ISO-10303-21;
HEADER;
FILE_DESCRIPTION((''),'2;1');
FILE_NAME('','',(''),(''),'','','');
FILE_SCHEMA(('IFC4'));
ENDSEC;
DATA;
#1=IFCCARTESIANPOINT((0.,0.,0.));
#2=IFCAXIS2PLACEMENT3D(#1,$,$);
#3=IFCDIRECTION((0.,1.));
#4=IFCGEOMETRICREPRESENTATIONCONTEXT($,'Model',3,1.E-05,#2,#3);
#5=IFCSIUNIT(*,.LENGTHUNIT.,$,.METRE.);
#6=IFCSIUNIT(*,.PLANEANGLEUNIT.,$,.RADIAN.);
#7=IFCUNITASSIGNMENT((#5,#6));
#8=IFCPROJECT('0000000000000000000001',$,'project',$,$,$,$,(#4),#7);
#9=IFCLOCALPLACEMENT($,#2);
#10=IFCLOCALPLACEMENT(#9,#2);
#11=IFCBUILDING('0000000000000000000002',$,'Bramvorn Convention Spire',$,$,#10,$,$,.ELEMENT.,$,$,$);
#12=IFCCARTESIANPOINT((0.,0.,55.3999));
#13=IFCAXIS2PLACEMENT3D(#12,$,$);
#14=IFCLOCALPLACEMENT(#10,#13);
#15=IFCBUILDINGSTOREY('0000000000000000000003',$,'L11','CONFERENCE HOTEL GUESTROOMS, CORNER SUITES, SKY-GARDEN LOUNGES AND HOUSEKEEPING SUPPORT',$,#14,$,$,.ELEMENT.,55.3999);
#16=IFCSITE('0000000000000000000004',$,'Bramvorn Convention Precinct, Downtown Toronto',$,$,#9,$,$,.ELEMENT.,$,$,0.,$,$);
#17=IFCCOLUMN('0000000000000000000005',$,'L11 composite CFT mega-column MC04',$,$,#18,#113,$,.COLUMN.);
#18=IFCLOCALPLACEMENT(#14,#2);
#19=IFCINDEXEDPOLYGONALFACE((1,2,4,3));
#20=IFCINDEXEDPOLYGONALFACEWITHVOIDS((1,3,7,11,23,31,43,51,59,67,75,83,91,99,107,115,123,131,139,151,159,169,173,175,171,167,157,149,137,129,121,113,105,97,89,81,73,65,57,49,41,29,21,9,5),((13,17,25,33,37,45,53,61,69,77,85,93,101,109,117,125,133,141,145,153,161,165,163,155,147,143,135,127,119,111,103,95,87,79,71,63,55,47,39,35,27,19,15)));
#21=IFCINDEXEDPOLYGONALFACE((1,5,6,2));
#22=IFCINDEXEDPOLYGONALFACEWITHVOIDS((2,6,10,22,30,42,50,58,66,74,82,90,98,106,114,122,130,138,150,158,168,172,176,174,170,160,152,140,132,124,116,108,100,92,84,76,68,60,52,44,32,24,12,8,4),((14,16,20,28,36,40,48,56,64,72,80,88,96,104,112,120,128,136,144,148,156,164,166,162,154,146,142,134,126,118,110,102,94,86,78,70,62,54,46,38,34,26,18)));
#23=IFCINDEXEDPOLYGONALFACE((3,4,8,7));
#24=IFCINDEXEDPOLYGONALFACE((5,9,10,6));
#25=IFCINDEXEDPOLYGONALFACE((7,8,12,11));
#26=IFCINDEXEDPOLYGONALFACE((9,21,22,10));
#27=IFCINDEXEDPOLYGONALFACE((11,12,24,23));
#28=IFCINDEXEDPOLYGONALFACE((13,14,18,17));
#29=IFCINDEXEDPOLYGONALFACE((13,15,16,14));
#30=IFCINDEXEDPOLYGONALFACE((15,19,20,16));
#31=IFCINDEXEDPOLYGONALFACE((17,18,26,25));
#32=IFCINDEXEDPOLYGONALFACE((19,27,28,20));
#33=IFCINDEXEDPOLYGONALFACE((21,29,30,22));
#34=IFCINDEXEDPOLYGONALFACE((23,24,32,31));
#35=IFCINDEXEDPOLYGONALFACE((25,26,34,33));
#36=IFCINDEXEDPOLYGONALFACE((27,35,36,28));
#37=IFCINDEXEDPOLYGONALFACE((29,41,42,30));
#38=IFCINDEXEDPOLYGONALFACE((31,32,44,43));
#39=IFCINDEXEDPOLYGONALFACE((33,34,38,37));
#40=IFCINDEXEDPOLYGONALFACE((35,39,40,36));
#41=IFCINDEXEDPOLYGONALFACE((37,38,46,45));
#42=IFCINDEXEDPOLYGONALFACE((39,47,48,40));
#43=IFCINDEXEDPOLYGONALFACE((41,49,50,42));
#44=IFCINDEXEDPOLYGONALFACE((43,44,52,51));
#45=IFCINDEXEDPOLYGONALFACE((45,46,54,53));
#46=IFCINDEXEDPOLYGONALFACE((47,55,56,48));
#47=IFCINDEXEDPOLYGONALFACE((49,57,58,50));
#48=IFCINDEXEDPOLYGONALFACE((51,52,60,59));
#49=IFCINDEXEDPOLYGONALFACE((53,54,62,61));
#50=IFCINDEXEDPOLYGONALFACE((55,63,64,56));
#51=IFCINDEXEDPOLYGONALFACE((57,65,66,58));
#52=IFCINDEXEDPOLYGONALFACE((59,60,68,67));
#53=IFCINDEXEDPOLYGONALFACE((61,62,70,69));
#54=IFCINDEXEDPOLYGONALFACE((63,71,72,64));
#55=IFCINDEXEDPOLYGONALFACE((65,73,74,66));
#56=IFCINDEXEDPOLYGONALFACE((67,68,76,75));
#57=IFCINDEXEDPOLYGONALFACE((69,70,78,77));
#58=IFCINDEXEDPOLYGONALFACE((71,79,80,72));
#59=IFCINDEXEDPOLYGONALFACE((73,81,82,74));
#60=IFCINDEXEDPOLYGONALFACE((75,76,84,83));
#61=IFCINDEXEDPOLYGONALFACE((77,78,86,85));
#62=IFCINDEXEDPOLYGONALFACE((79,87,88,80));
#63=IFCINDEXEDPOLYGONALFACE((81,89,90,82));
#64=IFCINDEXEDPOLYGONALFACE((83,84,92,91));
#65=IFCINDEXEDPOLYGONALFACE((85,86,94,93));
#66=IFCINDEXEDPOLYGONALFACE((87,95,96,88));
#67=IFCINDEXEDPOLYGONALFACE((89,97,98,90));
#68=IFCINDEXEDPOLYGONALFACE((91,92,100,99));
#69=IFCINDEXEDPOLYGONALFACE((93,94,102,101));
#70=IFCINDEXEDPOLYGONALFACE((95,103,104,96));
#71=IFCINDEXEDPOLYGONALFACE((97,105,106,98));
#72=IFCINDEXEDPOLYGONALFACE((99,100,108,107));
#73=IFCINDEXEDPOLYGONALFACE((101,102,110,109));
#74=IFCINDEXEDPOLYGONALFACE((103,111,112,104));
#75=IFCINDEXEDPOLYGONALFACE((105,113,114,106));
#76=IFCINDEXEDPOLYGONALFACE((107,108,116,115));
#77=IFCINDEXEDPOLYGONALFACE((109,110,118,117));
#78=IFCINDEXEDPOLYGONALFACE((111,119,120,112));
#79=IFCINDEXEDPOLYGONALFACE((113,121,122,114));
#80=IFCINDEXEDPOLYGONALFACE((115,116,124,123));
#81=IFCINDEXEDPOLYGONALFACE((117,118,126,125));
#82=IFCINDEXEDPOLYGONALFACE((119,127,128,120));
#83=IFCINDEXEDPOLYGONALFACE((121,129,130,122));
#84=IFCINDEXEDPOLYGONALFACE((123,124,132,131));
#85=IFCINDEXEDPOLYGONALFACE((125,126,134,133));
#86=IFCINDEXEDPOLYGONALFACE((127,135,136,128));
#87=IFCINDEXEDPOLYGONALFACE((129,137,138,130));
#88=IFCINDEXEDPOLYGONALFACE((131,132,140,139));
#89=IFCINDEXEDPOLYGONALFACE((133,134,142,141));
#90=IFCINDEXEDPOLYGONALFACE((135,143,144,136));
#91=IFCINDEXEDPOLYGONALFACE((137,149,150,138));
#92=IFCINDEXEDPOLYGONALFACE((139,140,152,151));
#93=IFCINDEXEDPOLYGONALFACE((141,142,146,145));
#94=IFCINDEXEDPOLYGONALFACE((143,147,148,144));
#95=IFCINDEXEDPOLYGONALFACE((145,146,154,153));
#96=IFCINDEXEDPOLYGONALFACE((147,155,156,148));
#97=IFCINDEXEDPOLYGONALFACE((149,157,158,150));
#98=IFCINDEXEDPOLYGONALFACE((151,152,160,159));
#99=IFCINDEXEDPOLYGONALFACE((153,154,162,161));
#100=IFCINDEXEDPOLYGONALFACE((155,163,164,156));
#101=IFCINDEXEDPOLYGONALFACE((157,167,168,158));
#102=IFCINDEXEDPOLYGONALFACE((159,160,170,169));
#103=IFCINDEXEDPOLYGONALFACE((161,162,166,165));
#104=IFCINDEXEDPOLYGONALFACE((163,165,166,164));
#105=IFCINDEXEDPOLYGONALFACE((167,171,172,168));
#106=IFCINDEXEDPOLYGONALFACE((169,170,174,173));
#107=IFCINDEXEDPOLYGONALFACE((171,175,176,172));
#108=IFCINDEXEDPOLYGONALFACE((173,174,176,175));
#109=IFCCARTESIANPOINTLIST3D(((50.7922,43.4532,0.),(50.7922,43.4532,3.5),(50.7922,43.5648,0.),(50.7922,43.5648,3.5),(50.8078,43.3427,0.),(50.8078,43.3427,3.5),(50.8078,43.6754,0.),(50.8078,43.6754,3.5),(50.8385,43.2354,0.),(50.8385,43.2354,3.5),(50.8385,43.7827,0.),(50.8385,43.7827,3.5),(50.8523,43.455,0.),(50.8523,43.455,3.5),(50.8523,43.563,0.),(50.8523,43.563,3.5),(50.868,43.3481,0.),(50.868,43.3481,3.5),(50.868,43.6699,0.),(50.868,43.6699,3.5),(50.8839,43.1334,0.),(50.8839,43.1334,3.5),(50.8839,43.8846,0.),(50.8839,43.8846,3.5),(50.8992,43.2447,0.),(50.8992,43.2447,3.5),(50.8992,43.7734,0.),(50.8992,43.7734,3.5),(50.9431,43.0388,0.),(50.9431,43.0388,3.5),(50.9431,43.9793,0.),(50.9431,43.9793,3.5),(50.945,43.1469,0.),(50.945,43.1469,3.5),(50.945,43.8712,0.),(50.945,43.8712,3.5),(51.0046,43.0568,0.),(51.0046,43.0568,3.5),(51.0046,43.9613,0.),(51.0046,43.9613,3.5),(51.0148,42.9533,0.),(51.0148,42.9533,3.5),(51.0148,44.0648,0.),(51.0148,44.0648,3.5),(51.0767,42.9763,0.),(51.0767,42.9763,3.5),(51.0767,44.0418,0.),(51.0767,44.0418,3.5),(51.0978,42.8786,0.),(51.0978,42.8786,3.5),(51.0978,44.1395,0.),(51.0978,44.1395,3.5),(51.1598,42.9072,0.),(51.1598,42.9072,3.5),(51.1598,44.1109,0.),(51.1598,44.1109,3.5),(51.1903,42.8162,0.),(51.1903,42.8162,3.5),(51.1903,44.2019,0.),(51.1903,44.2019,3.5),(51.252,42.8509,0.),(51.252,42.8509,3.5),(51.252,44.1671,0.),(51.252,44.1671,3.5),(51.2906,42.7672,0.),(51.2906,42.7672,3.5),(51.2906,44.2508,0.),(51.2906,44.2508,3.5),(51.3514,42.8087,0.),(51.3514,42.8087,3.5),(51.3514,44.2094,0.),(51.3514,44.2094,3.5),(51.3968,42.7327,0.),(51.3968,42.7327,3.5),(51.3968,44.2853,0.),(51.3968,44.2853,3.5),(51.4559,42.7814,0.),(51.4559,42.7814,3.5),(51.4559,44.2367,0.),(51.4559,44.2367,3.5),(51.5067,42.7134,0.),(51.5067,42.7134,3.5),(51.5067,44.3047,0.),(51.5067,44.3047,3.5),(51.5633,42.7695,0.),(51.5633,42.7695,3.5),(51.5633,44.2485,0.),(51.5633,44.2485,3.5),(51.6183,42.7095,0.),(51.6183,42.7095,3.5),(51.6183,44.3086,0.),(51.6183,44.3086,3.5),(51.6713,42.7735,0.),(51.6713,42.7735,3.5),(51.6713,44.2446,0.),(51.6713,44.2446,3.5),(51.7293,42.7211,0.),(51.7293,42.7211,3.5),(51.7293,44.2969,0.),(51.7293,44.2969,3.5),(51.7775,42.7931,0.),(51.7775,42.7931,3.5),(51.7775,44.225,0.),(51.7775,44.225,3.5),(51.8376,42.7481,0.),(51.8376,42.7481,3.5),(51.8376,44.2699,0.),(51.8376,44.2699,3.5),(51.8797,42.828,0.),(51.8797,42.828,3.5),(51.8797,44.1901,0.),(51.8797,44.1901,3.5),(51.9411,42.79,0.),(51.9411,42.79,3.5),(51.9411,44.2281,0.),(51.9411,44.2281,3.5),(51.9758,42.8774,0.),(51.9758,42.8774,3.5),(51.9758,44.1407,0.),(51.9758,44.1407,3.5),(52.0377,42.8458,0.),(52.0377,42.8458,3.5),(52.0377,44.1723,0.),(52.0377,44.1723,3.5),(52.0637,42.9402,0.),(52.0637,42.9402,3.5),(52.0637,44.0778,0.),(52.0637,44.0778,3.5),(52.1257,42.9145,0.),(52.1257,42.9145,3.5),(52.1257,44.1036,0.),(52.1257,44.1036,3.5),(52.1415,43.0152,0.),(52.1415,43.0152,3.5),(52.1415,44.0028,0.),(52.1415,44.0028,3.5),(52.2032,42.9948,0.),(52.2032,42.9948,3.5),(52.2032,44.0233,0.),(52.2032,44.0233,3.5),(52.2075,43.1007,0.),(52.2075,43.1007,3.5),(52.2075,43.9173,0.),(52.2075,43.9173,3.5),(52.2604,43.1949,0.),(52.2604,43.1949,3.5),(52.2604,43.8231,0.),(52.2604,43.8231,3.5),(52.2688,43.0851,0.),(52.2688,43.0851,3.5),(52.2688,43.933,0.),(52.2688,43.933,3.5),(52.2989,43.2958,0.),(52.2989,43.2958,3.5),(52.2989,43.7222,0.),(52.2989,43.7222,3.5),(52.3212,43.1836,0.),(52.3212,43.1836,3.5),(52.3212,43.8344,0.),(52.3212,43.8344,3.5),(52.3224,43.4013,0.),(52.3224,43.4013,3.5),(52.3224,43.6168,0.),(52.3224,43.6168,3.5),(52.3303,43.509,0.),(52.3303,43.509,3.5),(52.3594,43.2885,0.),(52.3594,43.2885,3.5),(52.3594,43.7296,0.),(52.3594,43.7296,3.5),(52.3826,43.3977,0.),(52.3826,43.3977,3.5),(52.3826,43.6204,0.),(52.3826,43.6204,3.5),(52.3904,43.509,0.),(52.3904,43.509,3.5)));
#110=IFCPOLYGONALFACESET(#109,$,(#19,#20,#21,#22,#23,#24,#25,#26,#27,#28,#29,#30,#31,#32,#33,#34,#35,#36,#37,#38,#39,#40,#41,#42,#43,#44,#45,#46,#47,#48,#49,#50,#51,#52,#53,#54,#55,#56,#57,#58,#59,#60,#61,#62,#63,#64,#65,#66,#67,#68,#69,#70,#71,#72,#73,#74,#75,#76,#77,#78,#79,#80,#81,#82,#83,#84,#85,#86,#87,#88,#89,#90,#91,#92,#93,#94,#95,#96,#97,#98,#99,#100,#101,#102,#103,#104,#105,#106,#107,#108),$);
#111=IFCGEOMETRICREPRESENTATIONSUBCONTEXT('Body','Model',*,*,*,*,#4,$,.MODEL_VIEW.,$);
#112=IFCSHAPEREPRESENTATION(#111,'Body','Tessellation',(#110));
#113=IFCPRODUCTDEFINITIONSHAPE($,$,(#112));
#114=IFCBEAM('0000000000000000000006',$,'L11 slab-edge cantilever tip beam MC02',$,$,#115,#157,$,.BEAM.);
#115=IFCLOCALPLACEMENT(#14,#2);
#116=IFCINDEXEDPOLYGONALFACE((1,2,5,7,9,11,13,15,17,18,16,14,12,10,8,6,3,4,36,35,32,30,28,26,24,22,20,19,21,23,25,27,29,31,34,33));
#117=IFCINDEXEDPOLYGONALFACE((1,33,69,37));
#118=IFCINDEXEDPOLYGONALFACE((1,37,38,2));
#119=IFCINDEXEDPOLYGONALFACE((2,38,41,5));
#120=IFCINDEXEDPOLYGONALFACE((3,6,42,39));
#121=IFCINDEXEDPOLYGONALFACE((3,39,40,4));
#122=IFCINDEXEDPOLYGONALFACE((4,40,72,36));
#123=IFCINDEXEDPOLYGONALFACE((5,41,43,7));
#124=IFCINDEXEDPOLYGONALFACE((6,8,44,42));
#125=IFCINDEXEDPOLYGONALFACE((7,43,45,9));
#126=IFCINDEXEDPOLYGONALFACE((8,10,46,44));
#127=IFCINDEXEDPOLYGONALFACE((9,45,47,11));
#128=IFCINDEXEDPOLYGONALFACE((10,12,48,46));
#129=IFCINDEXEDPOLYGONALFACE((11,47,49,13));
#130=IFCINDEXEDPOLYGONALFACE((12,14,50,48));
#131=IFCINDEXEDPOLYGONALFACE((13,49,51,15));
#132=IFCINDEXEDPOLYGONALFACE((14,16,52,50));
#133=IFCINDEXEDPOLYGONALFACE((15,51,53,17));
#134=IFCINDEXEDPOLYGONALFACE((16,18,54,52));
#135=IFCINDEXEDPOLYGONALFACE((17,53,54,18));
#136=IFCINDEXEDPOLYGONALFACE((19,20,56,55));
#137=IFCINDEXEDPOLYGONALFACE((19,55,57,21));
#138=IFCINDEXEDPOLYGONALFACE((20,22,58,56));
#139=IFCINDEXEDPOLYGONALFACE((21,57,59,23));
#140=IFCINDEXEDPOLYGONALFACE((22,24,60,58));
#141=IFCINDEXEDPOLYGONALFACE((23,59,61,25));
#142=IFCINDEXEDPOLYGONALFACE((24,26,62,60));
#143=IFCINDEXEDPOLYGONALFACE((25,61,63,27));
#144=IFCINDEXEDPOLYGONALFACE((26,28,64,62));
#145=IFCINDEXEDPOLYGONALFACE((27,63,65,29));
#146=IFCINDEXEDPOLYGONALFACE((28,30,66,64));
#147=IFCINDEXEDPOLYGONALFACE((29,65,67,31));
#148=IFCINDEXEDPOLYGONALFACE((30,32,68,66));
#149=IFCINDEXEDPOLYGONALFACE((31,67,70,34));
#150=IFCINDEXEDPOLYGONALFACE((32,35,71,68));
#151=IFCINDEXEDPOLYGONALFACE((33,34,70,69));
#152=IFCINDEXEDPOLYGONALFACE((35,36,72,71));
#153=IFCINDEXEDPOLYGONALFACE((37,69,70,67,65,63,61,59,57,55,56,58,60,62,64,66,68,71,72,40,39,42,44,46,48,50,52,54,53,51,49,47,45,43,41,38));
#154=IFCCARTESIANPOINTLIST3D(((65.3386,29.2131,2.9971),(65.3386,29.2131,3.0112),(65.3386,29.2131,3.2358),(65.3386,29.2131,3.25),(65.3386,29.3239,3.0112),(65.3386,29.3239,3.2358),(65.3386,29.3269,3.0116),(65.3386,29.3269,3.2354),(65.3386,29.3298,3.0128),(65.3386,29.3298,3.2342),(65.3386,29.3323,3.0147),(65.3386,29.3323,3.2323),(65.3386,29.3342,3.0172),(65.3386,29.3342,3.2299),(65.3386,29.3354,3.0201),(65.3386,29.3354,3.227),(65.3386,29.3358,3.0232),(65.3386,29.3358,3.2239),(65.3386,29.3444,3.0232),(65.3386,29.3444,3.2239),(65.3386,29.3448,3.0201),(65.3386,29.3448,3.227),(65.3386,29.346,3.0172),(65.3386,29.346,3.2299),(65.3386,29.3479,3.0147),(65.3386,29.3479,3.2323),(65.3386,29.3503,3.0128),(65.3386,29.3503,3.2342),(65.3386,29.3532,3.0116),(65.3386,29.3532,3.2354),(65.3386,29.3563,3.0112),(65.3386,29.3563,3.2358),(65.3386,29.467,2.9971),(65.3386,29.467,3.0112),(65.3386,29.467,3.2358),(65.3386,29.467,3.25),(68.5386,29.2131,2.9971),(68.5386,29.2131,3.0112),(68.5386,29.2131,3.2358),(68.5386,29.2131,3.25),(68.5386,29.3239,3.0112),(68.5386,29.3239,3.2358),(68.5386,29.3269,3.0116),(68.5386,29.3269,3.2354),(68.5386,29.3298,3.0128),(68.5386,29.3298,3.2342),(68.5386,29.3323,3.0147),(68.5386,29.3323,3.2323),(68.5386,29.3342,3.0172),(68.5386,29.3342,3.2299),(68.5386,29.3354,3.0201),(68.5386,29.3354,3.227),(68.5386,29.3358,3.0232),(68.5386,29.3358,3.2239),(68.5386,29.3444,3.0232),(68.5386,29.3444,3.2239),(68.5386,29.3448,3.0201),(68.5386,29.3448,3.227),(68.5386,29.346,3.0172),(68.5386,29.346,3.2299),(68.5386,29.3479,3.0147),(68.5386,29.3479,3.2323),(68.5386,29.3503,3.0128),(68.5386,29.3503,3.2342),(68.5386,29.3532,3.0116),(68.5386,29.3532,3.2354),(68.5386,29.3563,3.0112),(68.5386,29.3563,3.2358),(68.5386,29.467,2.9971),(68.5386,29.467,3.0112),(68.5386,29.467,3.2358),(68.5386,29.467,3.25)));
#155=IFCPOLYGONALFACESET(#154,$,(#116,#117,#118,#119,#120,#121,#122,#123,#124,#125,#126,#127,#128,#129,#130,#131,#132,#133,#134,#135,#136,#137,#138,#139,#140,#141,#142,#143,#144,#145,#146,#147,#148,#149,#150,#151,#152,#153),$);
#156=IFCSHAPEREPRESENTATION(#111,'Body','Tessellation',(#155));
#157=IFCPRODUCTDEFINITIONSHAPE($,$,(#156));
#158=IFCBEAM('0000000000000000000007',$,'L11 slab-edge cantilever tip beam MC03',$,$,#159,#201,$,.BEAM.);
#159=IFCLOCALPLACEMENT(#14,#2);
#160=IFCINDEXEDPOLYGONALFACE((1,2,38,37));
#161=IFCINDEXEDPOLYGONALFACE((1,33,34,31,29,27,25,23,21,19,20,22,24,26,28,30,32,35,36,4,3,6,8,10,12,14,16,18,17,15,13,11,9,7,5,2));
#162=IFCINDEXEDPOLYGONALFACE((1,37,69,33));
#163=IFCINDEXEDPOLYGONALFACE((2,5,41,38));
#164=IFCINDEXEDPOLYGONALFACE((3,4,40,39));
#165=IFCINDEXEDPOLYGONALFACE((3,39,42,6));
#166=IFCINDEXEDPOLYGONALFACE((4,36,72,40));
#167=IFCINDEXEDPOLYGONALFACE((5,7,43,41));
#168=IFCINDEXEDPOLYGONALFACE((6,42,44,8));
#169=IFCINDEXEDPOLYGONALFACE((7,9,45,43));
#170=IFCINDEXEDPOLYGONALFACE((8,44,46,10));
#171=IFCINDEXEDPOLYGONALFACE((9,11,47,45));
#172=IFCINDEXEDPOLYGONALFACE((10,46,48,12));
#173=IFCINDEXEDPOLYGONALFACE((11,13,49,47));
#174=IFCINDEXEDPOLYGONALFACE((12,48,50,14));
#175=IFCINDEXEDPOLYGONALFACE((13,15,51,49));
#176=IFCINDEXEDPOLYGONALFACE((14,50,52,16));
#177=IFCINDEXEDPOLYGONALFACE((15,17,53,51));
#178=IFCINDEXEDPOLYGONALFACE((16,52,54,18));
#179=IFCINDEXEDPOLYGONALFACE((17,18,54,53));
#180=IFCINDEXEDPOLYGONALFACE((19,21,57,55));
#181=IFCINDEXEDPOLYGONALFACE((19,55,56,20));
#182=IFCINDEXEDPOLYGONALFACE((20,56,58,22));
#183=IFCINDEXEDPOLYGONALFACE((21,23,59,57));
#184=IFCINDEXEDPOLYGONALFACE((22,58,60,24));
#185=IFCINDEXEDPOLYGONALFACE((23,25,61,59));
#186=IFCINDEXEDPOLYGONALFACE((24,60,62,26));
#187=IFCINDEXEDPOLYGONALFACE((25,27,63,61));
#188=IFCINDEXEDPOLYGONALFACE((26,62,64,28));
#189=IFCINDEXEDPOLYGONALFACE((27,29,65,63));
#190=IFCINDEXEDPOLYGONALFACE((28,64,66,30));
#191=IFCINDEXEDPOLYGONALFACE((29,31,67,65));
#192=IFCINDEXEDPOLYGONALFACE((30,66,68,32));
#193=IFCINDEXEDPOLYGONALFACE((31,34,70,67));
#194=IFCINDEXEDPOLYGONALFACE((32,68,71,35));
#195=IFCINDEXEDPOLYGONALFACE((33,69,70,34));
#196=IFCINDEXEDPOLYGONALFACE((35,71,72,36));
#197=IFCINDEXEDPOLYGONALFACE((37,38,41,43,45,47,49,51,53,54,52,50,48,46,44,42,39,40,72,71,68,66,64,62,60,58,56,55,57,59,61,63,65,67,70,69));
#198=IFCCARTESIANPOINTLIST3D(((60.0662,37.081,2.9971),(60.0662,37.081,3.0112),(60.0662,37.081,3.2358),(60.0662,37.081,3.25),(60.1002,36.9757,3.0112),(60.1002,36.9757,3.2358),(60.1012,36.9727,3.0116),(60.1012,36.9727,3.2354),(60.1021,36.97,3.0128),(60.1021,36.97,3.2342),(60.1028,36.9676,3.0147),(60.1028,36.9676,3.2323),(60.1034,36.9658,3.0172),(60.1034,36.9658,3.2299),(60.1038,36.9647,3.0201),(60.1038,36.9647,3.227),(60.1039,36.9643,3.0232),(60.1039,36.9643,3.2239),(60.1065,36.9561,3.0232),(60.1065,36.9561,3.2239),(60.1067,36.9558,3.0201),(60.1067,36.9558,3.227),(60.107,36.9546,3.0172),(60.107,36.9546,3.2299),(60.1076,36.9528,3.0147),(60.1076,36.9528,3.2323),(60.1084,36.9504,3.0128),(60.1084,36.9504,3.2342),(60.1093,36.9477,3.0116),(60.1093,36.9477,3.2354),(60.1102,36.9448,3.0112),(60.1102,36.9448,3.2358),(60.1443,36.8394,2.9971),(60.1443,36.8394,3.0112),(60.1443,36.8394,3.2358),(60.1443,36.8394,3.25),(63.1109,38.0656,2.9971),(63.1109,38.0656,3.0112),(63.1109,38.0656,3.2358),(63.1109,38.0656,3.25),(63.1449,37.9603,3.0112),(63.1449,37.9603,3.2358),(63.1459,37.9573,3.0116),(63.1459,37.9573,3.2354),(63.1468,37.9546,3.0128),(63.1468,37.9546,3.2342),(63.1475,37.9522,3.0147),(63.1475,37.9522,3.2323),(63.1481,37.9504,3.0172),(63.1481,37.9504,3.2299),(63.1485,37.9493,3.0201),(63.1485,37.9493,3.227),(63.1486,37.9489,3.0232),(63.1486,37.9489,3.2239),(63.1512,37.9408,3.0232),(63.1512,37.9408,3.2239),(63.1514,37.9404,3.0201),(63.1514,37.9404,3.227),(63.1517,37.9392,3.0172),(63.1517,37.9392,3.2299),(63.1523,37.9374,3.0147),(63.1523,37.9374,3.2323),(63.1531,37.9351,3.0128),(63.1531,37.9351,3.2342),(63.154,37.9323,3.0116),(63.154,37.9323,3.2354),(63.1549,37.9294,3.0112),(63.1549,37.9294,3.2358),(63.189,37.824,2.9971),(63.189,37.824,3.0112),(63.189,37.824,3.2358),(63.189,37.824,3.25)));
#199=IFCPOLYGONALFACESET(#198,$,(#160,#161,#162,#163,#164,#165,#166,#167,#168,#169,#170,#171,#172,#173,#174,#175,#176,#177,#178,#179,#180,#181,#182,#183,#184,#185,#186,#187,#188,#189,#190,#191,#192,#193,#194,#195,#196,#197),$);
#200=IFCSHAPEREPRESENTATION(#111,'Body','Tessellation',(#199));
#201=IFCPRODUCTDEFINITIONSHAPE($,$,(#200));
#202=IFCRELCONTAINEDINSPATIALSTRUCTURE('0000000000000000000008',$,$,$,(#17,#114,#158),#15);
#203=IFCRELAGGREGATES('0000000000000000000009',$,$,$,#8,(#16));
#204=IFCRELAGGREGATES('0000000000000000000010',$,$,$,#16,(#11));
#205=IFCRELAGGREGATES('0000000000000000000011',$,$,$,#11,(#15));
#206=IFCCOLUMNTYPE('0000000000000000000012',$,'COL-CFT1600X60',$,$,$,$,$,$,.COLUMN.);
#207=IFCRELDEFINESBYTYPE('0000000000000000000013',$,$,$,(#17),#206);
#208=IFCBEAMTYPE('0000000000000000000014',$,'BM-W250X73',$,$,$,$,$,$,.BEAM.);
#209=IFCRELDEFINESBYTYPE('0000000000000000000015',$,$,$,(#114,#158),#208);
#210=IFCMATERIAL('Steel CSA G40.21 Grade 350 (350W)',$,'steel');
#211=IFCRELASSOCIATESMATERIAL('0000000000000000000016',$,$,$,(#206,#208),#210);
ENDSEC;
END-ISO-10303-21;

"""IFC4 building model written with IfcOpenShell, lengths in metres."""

from ifc_helpers import new_model, si_unit, direction, frame, origin, origin_2d, place, context, subcontext, project, spatial, hollow_circle, i_section, extrude, material, material_profile, profile_set, type_object, element, save


model = new_model("IFC4")

# Units and contexts
model_context = context("Model", 3, precision=1e-05, world=origin(), true_north=direction((0.0, 1.0)))
body_context = subcontext(model_context, "Body", "Model", "MODEL_VIEW")
ifc_project = project(units=[si_unit("LENGTHUNIT", "METRE"), si_unit("PLANEANGLEUNIT", "RADIAN")], contexts=[model_context])

# Site, building, storey
site_placement = place(None, origin())
site = spatial("IfcSite", under=ifc_project, at=site_placement, Name="Bramvorn Convention Precinct, Downtown Toronto", CompositionType="ELEMENT", RefElevation=0.0)
building_placement = place(site_placement, origin())
building = spatial("IfcBuilding", under=site, at=building_placement, Name="Bramvorn Convention Spire", CompositionType="ELEMENT")
storey_placement = place(building_placement, frame((0.0, 0.0, 55.3999)))
storey = spatial("IfcBuildingStorey", under=building, at=storey_placement, Name="L11", Description="CONFERENCE HOTEL GUESTROOMS, CORNER SUITES, SKY-GARDEN LOUNGES AND HOUSEKEEPING SUPPORT", CompositionType="ELEMENT", Elevation=55.3999)

# Column
ifc_material_1 = material(Name="Steel CSA G40.21 Grade 350 (350W)", Category="steel")
ifc_material_profile_1 = material_profile(ifc_material_1, hollow_circle(Radius=0.8, WallThickness=0.0601, at=origin_2d()))
ifc_profile_set_1 = profile_set([ifc_material_profile_1], Name="Steel CSA G40.21 Grade 350 (350W) - CFT1600X60")
column_type = type_object("IfcColumnType", Name="COL-CFT1600X60", PredefinedType="COLUMN", material=ifc_profile_set_1)
for number, where, z_axis, x_axis, name in (
    (1, (51.5903, 43.509, 0.0), (0.0, 0.0, 1.0), (1.0, 0.0, 0.0), "L11 composite CFT mega-column MC04"),
):
    element("IfcColumn", number, at=place(storey_placement, frame(where, z_axis=z_axis, x_axis=x_axis)), inside=storey, type_object=column_type, Name=name, PredefinedType="COLUMN", context=body_context, shape_type="SweptSolid", body=[
        extrude(hollow_circle(Radius=0.8, WallThickness=0.0601, at=origin_2d()), origin(), (0.0, 0.0, 1.0), 3.5),
    ])

# Beams
ifc_material_profile_2 = material_profile(ifc_material_1, i_section(OverallWidth=0.2539, OverallDepth=0.2529, WebThickness=0.0085, FlangeThickness=0.0142, FilletRadius=0.012, at=origin_2d()))
ifc_profile_set_2 = profile_set([ifc_material_profile_2], Name="Steel CSA G40.21 Grade 350 (350W) - W250X73")
beam_type_1 = type_object("IfcBeamType", Name="BM-W250X73", PredefinedType="BEAM", material=ifc_profile_set_2)
for number, where, z_axis, x_axis, name in (
    (2, (65.3386, 29.3401, 3.1235), (1.0, 0.0, 0.0), (0.0, 1.0, 0.0), "L11 slab-edge cantilever tip beam MC02"),
    (3, (60.1052, 36.9602, 3.1235), (0.951483, 0.3077, 0.0), (-0.3077, 0.951483, 0.0), "L11 slab-edge cantilever tip beam MC03"),
):
    element("IfcBeam", number, at=place(storey_placement, frame(where, z_axis=z_axis, x_axis=x_axis)), inside=storey, type_object=beam_type_1, Name=name, PredefinedType="BEAM", context=body_context, shape_type="SweptSolid", body=[
        extrude(i_section(OverallWidth=0.2539, OverallDepth=0.2529, WebThickness=0.0085, FlangeThickness=0.0142, FilletRadius=0.012, at=origin_2d()), origin(), (0.0, 0.0, 1.0), 3.2),
    ])

save(model, "model.ifc")
